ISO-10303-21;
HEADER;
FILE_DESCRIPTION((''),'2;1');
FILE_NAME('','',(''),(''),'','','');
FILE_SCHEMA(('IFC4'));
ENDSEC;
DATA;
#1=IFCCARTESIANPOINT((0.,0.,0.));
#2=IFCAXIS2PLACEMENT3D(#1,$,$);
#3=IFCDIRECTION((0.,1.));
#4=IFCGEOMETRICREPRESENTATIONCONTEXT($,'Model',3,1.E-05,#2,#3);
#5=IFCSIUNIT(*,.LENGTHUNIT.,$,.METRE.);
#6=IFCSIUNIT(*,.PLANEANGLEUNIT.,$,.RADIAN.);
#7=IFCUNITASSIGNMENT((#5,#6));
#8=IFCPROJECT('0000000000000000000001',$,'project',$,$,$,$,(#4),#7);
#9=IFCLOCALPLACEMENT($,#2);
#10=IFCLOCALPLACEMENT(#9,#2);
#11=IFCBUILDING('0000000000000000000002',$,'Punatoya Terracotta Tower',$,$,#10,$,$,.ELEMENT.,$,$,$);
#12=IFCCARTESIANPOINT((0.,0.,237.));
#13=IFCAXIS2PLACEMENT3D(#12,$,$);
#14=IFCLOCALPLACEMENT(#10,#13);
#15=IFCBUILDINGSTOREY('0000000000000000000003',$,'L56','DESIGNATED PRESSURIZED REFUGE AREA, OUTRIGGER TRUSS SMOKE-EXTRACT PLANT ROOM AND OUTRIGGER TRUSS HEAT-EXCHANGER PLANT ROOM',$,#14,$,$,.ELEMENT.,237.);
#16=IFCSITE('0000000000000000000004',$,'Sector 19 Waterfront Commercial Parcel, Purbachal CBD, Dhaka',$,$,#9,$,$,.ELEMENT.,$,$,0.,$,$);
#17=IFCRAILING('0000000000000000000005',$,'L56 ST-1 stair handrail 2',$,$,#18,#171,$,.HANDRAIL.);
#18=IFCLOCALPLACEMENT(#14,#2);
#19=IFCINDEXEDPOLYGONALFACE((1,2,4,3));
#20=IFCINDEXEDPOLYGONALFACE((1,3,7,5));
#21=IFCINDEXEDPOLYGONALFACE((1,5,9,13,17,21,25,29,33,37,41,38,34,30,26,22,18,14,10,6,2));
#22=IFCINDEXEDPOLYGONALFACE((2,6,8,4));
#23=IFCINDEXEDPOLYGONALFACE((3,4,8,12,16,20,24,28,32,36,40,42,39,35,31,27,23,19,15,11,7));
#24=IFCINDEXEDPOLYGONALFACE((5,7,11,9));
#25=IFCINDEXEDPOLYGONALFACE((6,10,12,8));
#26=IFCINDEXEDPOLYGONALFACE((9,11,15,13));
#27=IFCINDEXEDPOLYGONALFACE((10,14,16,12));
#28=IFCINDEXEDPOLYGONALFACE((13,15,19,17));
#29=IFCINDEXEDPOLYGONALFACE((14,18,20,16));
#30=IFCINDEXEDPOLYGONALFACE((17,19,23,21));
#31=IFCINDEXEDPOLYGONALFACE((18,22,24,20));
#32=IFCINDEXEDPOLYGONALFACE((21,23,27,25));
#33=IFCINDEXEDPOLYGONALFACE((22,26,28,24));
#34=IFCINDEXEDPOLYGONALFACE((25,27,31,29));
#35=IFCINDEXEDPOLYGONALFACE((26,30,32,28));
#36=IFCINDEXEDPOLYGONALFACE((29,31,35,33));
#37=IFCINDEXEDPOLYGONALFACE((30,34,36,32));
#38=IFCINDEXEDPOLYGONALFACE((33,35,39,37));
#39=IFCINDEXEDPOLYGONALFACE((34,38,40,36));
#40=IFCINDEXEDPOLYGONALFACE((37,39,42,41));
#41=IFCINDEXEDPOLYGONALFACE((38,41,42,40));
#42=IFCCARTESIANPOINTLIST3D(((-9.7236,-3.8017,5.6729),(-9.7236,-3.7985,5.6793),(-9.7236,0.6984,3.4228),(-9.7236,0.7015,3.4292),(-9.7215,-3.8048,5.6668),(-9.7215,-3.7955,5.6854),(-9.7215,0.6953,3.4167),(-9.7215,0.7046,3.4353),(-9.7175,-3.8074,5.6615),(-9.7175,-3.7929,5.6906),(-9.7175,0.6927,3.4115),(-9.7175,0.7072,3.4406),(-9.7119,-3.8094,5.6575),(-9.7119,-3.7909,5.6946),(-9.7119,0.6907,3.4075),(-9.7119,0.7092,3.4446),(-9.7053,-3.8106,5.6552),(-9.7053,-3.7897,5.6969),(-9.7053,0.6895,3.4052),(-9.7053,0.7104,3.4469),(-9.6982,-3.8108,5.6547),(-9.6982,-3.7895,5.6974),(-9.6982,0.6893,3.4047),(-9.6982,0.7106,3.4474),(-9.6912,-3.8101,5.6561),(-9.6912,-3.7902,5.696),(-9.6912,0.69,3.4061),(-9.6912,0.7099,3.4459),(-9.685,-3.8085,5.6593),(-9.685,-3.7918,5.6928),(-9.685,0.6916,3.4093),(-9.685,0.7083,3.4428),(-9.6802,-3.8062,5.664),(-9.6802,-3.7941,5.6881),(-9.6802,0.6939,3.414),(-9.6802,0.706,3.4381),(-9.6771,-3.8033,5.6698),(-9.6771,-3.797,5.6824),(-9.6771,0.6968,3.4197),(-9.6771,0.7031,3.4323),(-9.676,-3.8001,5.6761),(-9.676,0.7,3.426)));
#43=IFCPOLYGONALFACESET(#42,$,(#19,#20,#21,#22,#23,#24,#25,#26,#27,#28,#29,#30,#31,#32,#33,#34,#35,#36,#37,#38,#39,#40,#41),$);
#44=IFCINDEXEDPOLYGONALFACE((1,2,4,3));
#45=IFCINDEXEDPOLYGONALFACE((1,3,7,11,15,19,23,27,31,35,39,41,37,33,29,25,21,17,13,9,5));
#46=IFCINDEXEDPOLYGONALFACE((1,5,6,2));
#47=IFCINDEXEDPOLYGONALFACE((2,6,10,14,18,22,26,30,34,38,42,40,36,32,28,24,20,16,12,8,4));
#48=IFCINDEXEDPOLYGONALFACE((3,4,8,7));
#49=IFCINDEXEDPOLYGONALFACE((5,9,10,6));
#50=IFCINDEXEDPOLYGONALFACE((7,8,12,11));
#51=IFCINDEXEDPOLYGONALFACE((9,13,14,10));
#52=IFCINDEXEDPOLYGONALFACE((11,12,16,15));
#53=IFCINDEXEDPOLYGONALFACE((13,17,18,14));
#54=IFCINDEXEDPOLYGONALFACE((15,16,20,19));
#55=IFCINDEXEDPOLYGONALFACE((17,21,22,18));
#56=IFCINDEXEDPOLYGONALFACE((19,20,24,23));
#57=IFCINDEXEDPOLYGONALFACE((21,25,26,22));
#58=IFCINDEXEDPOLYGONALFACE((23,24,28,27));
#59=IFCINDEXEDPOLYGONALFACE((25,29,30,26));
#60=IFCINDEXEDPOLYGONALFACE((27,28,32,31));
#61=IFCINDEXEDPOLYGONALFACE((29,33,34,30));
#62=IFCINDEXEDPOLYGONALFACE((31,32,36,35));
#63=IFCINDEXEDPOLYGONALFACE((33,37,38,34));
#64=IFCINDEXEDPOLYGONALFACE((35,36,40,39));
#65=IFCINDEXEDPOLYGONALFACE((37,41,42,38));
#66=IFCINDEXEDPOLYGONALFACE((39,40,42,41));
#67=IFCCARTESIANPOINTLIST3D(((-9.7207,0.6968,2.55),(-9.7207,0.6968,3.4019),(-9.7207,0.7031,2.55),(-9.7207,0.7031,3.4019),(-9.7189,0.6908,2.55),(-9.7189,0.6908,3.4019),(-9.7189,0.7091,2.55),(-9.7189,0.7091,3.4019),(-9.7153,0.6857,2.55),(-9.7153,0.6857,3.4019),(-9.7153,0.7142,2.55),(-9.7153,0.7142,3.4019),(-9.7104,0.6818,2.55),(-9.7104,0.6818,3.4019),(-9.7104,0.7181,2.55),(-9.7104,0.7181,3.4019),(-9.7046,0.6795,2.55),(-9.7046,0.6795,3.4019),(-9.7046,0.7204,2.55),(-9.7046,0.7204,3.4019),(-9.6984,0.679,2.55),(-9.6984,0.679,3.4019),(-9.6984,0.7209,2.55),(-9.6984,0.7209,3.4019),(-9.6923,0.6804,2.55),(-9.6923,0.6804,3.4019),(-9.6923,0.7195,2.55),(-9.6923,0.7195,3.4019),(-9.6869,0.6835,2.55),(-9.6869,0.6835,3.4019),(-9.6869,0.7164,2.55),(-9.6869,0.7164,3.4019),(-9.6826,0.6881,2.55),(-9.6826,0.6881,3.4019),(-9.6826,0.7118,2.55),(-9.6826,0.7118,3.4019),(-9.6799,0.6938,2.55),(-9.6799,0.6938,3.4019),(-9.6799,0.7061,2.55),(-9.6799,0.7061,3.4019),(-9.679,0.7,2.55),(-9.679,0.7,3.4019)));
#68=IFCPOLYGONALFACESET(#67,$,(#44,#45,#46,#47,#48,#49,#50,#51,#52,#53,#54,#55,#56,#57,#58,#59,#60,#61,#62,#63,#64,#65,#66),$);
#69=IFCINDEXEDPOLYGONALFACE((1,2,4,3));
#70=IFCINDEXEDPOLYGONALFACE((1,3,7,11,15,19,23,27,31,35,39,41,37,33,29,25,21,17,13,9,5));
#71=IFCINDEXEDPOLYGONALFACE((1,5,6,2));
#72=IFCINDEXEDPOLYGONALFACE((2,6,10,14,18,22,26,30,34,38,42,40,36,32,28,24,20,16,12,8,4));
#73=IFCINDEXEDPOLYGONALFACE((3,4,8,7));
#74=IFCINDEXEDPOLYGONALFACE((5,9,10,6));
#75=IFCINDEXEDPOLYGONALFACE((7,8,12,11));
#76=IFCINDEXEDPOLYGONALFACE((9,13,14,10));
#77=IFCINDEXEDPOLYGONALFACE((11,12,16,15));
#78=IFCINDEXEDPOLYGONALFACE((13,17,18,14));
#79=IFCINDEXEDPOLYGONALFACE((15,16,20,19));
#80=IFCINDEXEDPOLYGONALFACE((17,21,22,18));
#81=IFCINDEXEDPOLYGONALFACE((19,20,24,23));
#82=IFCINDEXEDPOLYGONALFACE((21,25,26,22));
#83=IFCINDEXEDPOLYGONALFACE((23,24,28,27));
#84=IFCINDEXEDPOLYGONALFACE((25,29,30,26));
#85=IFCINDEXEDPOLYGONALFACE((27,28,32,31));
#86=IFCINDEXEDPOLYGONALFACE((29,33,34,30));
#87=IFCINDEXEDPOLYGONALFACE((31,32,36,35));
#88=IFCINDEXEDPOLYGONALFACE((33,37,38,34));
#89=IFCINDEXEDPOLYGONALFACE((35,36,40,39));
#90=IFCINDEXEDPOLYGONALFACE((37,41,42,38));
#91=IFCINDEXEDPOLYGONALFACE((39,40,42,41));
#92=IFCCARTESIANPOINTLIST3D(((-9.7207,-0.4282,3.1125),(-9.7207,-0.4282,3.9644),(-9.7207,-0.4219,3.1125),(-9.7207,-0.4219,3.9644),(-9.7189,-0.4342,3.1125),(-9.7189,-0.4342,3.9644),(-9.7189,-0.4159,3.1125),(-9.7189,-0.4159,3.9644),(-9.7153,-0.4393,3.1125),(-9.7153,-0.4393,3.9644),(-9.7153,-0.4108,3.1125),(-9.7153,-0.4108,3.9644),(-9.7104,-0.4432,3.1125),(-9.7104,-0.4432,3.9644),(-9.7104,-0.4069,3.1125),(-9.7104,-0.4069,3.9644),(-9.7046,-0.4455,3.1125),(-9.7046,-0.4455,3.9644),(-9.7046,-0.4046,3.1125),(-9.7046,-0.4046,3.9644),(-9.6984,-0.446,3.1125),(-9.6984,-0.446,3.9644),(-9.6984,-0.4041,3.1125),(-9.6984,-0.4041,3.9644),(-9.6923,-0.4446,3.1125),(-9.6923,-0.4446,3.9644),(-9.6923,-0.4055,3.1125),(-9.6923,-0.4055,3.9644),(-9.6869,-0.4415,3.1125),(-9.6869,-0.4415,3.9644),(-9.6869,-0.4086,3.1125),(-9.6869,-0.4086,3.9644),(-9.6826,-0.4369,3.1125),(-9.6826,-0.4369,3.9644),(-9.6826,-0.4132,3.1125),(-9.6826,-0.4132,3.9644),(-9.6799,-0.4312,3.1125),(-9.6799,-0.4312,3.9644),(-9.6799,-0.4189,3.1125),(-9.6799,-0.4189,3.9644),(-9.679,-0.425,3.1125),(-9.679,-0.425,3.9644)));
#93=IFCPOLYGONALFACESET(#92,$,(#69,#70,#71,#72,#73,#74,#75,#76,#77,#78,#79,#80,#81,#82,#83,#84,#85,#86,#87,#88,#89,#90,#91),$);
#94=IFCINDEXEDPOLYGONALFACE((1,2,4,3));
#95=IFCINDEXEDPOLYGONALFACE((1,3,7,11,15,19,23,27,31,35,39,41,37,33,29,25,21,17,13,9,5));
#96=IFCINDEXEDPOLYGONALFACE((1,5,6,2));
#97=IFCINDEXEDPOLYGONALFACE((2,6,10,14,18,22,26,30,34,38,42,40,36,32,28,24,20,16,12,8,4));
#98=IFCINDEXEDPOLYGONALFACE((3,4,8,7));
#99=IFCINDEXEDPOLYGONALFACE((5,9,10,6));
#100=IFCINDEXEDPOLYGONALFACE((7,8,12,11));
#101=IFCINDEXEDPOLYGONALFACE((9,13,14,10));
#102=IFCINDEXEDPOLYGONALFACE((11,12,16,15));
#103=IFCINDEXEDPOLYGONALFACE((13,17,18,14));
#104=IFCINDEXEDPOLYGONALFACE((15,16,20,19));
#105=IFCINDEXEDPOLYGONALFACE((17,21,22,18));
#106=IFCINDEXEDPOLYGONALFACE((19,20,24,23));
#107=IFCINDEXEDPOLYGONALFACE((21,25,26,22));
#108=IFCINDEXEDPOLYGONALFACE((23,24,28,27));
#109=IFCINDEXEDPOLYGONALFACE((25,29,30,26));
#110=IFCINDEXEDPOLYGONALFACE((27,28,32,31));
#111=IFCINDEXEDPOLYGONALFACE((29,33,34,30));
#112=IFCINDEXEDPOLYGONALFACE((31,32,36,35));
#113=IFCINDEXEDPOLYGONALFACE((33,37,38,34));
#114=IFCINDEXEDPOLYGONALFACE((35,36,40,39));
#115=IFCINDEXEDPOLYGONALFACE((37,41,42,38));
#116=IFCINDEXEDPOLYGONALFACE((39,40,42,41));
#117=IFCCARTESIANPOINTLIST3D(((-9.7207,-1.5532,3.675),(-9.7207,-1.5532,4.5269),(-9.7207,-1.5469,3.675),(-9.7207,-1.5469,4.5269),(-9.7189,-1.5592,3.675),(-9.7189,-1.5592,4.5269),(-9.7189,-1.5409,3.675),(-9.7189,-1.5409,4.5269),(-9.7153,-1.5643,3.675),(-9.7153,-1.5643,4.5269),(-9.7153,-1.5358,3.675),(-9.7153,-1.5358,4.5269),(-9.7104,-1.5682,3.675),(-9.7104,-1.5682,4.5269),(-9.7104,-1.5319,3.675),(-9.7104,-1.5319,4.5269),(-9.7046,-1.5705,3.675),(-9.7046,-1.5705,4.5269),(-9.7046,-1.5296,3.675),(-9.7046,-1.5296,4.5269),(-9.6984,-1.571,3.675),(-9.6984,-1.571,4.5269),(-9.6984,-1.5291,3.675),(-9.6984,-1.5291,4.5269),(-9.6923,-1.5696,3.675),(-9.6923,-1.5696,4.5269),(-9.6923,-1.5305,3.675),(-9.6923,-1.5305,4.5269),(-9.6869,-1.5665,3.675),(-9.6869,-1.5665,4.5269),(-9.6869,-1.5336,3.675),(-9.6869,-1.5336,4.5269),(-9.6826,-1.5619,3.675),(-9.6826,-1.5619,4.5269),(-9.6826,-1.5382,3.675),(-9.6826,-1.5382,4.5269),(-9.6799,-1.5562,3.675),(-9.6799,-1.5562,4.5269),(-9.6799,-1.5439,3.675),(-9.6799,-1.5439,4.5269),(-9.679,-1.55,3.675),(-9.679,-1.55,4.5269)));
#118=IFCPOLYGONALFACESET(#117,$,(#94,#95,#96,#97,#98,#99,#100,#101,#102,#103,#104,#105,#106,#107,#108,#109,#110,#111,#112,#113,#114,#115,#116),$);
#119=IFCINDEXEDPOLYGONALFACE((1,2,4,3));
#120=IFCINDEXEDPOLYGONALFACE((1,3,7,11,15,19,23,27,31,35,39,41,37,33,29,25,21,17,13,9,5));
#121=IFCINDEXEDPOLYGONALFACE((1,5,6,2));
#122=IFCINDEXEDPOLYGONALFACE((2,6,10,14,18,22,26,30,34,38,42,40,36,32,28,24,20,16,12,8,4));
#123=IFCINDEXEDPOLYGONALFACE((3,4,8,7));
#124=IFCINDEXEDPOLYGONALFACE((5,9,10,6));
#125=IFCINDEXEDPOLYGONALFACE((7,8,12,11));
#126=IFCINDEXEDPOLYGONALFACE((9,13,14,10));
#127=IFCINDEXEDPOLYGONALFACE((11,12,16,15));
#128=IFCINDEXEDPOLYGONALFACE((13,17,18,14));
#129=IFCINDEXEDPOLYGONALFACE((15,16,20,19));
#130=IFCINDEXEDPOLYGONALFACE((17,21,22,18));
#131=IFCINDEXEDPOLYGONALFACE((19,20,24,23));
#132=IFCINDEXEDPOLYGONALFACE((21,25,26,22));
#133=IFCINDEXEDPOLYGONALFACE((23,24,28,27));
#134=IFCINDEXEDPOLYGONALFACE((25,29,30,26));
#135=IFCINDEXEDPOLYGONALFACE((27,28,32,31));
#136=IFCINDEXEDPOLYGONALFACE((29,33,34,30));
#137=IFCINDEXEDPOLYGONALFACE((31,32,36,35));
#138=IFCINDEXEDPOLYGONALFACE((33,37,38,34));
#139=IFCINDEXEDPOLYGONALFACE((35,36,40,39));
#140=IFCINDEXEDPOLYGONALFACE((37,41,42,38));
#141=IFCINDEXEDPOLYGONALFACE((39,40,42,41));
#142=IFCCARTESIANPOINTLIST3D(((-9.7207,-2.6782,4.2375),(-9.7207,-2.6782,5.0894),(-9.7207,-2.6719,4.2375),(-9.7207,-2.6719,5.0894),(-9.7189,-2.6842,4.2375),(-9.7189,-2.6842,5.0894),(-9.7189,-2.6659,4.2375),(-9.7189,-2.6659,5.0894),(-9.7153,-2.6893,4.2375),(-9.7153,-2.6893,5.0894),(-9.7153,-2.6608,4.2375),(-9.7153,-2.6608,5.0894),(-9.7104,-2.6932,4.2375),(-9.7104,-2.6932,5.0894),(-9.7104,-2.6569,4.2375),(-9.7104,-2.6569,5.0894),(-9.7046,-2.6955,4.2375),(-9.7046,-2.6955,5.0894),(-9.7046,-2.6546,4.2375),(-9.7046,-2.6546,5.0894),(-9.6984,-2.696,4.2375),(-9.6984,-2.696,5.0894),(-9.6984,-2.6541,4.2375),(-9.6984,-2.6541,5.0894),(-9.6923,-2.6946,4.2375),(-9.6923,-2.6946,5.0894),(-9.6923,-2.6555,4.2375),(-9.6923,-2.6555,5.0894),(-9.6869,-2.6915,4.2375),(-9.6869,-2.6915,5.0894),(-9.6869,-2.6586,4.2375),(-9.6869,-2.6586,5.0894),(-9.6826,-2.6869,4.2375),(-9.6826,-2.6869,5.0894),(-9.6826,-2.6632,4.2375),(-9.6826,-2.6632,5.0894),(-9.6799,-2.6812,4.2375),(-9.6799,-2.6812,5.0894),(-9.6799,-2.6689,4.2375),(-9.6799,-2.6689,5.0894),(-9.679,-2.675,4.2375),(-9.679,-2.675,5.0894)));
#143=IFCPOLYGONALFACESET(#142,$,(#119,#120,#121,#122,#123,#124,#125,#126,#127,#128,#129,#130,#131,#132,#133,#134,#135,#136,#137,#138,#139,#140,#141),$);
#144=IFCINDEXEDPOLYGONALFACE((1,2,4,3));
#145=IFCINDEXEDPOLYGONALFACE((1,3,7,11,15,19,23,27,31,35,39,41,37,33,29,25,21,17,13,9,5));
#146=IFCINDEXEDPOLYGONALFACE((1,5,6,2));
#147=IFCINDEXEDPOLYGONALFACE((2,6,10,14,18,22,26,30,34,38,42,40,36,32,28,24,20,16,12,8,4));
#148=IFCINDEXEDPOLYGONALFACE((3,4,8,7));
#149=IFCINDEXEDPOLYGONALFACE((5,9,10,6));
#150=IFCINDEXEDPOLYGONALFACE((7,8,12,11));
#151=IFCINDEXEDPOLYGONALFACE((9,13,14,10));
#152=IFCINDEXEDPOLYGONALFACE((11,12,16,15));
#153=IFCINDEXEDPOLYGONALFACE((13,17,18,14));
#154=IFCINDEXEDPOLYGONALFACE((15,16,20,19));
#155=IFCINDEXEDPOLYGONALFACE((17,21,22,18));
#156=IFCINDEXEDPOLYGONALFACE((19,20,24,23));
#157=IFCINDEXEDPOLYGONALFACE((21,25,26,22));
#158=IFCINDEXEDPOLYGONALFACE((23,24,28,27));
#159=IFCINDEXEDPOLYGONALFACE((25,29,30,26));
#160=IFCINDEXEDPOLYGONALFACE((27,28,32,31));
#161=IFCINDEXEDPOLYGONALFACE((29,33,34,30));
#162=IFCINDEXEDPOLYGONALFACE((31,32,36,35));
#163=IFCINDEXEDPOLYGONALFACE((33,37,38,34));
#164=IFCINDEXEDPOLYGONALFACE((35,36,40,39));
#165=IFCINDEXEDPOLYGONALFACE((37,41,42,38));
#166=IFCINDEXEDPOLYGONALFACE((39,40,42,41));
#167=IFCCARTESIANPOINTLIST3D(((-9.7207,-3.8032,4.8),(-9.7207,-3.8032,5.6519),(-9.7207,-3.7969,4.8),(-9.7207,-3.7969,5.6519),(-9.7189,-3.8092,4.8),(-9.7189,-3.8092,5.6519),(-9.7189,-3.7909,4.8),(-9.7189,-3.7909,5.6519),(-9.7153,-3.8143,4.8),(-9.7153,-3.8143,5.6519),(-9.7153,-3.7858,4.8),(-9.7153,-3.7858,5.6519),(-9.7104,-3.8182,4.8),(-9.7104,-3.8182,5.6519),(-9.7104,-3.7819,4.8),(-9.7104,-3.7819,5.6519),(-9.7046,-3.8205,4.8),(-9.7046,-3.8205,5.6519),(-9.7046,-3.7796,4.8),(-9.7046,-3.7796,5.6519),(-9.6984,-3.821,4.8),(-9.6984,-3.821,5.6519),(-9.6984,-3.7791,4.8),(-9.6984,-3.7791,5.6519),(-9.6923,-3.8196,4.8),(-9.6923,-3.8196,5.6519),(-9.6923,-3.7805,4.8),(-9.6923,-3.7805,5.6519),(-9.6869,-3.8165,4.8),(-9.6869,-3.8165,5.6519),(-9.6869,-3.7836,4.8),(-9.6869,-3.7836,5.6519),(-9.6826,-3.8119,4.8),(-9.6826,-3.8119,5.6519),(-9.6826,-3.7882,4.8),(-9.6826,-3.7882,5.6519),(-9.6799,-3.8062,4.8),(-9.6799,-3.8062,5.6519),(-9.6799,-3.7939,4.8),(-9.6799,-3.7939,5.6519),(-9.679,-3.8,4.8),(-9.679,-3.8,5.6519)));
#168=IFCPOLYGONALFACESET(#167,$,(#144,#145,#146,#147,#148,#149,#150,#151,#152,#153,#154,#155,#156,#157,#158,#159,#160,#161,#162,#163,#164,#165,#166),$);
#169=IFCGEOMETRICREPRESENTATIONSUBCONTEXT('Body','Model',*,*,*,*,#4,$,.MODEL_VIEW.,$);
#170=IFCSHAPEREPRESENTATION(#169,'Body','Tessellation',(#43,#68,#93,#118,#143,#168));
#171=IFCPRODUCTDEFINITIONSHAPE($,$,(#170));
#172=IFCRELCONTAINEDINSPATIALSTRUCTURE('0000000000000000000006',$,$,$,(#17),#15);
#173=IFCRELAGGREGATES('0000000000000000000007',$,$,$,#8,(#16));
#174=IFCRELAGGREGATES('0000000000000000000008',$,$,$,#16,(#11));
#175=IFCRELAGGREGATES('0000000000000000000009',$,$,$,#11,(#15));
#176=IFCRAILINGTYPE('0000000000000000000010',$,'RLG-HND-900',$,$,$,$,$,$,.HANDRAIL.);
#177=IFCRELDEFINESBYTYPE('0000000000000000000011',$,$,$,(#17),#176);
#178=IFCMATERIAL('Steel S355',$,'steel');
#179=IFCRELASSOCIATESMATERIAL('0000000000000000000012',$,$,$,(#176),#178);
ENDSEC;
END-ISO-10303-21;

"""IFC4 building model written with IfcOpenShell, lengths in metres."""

from ifc_helpers import new_model, si_unit, direction, frame, origin, origin_2d, place, context, subcontext, project, spatial, circle, extrude, material, type_object, element, save


model = new_model("IFC4")

# Units and contexts
model_context = context("Model", 3, precision=1e-05, world=origin(), true_north=direction((0.0, 1.0)))
body_context = subcontext(model_context, "Body", "Model", "MODEL_VIEW")
ifc_project = project(units=[si_unit("LENGTHUNIT", "METRE"), si_unit("PLANEANGLEUNIT", "RADIAN")], contexts=[model_context])

# Site, building, storey
site_placement = place(None, origin())
site = spatial("IfcSite", under=ifc_project, at=site_placement, Name="Sector 19 Waterfront Commercial Parcel, Purbachal CBD, Dhaka", CompositionType="ELEMENT", RefElevation=0.0)
building_placement = place(site_placement, origin())
building = spatial("IfcBuilding", under=site, at=building_placement, Name="Punatoya Terracotta Tower", CompositionType="ELEMENT")
storey_placement = place(building_placement, frame((0.0, 0.0, 237.0)))
storey = spatial("IfcBuildingStorey", under=building, at=storey_placement, Name="L56", Description="DESIGNATED PRESSURIZED REFUGE AREA, OUTRIGGER TRUSS SMOKE-EXTRACT PLANT ROOM AND OUTRIGGER TRUSS HEAT-EXCHANGER PLANT ROOM", CompositionType="ELEMENT", Elevation=237.0)

# Shared definitions
ifc_material_1 = material(Name="Steel S355", Category="steel")

# Railing
railing_type_1 = type_object("IfcRailingType", Name="RLG-HND-900", PredefinedType="HANDRAIL", material=ifc_material_1)
railing_1_placement = place(storey_placement, frame((-9.7, 0.7, 2.55)))
element("IfcRailing", 1, at=railing_1_placement, inside=storey, type_object=railing_type_1, Name="L56 ST-1 stair handrail 2", PredefinedType="HANDRAIL", context=body_context, shape_type="SweptSolid", body=[
    extrude(circle(Radius=0.0239, at=origin_2d()), frame((0.0, 0.0, 0.876), z_axis=(0.0, -0.894427, 0.447214), x_axis=(1.0, 0.0, 0.0)), (0.0, 0.0, 1.0), 5.0312),
    extrude(circle(Radius=0.021, at=origin_2d()), origin(), (0.0, 0.0, 1.0), 0.8518),
    extrude(circle(Radius=0.021, at=origin_2d()), frame((0.0, -1.125, 0.5625)), (0.0, 0.0, 1.0), 0.8518),
    extrude(circle(Radius=0.021, at=origin_2d()), frame((0.0, -2.25, 1.125)), (0.0, 0.0, 1.0), 0.8518),
    extrude(circle(Radius=0.021, at=origin_2d()), frame((0.0, -3.375, 1.6875)), (0.0, 0.0, 1.0), 0.8518),
    extrude(circle(Radius=0.021, at=origin_2d()), frame((0.0, -4.5, 2.25)), (0.0, 0.0, 1.0), 0.8518),
])

save(model, "model.ifc")
